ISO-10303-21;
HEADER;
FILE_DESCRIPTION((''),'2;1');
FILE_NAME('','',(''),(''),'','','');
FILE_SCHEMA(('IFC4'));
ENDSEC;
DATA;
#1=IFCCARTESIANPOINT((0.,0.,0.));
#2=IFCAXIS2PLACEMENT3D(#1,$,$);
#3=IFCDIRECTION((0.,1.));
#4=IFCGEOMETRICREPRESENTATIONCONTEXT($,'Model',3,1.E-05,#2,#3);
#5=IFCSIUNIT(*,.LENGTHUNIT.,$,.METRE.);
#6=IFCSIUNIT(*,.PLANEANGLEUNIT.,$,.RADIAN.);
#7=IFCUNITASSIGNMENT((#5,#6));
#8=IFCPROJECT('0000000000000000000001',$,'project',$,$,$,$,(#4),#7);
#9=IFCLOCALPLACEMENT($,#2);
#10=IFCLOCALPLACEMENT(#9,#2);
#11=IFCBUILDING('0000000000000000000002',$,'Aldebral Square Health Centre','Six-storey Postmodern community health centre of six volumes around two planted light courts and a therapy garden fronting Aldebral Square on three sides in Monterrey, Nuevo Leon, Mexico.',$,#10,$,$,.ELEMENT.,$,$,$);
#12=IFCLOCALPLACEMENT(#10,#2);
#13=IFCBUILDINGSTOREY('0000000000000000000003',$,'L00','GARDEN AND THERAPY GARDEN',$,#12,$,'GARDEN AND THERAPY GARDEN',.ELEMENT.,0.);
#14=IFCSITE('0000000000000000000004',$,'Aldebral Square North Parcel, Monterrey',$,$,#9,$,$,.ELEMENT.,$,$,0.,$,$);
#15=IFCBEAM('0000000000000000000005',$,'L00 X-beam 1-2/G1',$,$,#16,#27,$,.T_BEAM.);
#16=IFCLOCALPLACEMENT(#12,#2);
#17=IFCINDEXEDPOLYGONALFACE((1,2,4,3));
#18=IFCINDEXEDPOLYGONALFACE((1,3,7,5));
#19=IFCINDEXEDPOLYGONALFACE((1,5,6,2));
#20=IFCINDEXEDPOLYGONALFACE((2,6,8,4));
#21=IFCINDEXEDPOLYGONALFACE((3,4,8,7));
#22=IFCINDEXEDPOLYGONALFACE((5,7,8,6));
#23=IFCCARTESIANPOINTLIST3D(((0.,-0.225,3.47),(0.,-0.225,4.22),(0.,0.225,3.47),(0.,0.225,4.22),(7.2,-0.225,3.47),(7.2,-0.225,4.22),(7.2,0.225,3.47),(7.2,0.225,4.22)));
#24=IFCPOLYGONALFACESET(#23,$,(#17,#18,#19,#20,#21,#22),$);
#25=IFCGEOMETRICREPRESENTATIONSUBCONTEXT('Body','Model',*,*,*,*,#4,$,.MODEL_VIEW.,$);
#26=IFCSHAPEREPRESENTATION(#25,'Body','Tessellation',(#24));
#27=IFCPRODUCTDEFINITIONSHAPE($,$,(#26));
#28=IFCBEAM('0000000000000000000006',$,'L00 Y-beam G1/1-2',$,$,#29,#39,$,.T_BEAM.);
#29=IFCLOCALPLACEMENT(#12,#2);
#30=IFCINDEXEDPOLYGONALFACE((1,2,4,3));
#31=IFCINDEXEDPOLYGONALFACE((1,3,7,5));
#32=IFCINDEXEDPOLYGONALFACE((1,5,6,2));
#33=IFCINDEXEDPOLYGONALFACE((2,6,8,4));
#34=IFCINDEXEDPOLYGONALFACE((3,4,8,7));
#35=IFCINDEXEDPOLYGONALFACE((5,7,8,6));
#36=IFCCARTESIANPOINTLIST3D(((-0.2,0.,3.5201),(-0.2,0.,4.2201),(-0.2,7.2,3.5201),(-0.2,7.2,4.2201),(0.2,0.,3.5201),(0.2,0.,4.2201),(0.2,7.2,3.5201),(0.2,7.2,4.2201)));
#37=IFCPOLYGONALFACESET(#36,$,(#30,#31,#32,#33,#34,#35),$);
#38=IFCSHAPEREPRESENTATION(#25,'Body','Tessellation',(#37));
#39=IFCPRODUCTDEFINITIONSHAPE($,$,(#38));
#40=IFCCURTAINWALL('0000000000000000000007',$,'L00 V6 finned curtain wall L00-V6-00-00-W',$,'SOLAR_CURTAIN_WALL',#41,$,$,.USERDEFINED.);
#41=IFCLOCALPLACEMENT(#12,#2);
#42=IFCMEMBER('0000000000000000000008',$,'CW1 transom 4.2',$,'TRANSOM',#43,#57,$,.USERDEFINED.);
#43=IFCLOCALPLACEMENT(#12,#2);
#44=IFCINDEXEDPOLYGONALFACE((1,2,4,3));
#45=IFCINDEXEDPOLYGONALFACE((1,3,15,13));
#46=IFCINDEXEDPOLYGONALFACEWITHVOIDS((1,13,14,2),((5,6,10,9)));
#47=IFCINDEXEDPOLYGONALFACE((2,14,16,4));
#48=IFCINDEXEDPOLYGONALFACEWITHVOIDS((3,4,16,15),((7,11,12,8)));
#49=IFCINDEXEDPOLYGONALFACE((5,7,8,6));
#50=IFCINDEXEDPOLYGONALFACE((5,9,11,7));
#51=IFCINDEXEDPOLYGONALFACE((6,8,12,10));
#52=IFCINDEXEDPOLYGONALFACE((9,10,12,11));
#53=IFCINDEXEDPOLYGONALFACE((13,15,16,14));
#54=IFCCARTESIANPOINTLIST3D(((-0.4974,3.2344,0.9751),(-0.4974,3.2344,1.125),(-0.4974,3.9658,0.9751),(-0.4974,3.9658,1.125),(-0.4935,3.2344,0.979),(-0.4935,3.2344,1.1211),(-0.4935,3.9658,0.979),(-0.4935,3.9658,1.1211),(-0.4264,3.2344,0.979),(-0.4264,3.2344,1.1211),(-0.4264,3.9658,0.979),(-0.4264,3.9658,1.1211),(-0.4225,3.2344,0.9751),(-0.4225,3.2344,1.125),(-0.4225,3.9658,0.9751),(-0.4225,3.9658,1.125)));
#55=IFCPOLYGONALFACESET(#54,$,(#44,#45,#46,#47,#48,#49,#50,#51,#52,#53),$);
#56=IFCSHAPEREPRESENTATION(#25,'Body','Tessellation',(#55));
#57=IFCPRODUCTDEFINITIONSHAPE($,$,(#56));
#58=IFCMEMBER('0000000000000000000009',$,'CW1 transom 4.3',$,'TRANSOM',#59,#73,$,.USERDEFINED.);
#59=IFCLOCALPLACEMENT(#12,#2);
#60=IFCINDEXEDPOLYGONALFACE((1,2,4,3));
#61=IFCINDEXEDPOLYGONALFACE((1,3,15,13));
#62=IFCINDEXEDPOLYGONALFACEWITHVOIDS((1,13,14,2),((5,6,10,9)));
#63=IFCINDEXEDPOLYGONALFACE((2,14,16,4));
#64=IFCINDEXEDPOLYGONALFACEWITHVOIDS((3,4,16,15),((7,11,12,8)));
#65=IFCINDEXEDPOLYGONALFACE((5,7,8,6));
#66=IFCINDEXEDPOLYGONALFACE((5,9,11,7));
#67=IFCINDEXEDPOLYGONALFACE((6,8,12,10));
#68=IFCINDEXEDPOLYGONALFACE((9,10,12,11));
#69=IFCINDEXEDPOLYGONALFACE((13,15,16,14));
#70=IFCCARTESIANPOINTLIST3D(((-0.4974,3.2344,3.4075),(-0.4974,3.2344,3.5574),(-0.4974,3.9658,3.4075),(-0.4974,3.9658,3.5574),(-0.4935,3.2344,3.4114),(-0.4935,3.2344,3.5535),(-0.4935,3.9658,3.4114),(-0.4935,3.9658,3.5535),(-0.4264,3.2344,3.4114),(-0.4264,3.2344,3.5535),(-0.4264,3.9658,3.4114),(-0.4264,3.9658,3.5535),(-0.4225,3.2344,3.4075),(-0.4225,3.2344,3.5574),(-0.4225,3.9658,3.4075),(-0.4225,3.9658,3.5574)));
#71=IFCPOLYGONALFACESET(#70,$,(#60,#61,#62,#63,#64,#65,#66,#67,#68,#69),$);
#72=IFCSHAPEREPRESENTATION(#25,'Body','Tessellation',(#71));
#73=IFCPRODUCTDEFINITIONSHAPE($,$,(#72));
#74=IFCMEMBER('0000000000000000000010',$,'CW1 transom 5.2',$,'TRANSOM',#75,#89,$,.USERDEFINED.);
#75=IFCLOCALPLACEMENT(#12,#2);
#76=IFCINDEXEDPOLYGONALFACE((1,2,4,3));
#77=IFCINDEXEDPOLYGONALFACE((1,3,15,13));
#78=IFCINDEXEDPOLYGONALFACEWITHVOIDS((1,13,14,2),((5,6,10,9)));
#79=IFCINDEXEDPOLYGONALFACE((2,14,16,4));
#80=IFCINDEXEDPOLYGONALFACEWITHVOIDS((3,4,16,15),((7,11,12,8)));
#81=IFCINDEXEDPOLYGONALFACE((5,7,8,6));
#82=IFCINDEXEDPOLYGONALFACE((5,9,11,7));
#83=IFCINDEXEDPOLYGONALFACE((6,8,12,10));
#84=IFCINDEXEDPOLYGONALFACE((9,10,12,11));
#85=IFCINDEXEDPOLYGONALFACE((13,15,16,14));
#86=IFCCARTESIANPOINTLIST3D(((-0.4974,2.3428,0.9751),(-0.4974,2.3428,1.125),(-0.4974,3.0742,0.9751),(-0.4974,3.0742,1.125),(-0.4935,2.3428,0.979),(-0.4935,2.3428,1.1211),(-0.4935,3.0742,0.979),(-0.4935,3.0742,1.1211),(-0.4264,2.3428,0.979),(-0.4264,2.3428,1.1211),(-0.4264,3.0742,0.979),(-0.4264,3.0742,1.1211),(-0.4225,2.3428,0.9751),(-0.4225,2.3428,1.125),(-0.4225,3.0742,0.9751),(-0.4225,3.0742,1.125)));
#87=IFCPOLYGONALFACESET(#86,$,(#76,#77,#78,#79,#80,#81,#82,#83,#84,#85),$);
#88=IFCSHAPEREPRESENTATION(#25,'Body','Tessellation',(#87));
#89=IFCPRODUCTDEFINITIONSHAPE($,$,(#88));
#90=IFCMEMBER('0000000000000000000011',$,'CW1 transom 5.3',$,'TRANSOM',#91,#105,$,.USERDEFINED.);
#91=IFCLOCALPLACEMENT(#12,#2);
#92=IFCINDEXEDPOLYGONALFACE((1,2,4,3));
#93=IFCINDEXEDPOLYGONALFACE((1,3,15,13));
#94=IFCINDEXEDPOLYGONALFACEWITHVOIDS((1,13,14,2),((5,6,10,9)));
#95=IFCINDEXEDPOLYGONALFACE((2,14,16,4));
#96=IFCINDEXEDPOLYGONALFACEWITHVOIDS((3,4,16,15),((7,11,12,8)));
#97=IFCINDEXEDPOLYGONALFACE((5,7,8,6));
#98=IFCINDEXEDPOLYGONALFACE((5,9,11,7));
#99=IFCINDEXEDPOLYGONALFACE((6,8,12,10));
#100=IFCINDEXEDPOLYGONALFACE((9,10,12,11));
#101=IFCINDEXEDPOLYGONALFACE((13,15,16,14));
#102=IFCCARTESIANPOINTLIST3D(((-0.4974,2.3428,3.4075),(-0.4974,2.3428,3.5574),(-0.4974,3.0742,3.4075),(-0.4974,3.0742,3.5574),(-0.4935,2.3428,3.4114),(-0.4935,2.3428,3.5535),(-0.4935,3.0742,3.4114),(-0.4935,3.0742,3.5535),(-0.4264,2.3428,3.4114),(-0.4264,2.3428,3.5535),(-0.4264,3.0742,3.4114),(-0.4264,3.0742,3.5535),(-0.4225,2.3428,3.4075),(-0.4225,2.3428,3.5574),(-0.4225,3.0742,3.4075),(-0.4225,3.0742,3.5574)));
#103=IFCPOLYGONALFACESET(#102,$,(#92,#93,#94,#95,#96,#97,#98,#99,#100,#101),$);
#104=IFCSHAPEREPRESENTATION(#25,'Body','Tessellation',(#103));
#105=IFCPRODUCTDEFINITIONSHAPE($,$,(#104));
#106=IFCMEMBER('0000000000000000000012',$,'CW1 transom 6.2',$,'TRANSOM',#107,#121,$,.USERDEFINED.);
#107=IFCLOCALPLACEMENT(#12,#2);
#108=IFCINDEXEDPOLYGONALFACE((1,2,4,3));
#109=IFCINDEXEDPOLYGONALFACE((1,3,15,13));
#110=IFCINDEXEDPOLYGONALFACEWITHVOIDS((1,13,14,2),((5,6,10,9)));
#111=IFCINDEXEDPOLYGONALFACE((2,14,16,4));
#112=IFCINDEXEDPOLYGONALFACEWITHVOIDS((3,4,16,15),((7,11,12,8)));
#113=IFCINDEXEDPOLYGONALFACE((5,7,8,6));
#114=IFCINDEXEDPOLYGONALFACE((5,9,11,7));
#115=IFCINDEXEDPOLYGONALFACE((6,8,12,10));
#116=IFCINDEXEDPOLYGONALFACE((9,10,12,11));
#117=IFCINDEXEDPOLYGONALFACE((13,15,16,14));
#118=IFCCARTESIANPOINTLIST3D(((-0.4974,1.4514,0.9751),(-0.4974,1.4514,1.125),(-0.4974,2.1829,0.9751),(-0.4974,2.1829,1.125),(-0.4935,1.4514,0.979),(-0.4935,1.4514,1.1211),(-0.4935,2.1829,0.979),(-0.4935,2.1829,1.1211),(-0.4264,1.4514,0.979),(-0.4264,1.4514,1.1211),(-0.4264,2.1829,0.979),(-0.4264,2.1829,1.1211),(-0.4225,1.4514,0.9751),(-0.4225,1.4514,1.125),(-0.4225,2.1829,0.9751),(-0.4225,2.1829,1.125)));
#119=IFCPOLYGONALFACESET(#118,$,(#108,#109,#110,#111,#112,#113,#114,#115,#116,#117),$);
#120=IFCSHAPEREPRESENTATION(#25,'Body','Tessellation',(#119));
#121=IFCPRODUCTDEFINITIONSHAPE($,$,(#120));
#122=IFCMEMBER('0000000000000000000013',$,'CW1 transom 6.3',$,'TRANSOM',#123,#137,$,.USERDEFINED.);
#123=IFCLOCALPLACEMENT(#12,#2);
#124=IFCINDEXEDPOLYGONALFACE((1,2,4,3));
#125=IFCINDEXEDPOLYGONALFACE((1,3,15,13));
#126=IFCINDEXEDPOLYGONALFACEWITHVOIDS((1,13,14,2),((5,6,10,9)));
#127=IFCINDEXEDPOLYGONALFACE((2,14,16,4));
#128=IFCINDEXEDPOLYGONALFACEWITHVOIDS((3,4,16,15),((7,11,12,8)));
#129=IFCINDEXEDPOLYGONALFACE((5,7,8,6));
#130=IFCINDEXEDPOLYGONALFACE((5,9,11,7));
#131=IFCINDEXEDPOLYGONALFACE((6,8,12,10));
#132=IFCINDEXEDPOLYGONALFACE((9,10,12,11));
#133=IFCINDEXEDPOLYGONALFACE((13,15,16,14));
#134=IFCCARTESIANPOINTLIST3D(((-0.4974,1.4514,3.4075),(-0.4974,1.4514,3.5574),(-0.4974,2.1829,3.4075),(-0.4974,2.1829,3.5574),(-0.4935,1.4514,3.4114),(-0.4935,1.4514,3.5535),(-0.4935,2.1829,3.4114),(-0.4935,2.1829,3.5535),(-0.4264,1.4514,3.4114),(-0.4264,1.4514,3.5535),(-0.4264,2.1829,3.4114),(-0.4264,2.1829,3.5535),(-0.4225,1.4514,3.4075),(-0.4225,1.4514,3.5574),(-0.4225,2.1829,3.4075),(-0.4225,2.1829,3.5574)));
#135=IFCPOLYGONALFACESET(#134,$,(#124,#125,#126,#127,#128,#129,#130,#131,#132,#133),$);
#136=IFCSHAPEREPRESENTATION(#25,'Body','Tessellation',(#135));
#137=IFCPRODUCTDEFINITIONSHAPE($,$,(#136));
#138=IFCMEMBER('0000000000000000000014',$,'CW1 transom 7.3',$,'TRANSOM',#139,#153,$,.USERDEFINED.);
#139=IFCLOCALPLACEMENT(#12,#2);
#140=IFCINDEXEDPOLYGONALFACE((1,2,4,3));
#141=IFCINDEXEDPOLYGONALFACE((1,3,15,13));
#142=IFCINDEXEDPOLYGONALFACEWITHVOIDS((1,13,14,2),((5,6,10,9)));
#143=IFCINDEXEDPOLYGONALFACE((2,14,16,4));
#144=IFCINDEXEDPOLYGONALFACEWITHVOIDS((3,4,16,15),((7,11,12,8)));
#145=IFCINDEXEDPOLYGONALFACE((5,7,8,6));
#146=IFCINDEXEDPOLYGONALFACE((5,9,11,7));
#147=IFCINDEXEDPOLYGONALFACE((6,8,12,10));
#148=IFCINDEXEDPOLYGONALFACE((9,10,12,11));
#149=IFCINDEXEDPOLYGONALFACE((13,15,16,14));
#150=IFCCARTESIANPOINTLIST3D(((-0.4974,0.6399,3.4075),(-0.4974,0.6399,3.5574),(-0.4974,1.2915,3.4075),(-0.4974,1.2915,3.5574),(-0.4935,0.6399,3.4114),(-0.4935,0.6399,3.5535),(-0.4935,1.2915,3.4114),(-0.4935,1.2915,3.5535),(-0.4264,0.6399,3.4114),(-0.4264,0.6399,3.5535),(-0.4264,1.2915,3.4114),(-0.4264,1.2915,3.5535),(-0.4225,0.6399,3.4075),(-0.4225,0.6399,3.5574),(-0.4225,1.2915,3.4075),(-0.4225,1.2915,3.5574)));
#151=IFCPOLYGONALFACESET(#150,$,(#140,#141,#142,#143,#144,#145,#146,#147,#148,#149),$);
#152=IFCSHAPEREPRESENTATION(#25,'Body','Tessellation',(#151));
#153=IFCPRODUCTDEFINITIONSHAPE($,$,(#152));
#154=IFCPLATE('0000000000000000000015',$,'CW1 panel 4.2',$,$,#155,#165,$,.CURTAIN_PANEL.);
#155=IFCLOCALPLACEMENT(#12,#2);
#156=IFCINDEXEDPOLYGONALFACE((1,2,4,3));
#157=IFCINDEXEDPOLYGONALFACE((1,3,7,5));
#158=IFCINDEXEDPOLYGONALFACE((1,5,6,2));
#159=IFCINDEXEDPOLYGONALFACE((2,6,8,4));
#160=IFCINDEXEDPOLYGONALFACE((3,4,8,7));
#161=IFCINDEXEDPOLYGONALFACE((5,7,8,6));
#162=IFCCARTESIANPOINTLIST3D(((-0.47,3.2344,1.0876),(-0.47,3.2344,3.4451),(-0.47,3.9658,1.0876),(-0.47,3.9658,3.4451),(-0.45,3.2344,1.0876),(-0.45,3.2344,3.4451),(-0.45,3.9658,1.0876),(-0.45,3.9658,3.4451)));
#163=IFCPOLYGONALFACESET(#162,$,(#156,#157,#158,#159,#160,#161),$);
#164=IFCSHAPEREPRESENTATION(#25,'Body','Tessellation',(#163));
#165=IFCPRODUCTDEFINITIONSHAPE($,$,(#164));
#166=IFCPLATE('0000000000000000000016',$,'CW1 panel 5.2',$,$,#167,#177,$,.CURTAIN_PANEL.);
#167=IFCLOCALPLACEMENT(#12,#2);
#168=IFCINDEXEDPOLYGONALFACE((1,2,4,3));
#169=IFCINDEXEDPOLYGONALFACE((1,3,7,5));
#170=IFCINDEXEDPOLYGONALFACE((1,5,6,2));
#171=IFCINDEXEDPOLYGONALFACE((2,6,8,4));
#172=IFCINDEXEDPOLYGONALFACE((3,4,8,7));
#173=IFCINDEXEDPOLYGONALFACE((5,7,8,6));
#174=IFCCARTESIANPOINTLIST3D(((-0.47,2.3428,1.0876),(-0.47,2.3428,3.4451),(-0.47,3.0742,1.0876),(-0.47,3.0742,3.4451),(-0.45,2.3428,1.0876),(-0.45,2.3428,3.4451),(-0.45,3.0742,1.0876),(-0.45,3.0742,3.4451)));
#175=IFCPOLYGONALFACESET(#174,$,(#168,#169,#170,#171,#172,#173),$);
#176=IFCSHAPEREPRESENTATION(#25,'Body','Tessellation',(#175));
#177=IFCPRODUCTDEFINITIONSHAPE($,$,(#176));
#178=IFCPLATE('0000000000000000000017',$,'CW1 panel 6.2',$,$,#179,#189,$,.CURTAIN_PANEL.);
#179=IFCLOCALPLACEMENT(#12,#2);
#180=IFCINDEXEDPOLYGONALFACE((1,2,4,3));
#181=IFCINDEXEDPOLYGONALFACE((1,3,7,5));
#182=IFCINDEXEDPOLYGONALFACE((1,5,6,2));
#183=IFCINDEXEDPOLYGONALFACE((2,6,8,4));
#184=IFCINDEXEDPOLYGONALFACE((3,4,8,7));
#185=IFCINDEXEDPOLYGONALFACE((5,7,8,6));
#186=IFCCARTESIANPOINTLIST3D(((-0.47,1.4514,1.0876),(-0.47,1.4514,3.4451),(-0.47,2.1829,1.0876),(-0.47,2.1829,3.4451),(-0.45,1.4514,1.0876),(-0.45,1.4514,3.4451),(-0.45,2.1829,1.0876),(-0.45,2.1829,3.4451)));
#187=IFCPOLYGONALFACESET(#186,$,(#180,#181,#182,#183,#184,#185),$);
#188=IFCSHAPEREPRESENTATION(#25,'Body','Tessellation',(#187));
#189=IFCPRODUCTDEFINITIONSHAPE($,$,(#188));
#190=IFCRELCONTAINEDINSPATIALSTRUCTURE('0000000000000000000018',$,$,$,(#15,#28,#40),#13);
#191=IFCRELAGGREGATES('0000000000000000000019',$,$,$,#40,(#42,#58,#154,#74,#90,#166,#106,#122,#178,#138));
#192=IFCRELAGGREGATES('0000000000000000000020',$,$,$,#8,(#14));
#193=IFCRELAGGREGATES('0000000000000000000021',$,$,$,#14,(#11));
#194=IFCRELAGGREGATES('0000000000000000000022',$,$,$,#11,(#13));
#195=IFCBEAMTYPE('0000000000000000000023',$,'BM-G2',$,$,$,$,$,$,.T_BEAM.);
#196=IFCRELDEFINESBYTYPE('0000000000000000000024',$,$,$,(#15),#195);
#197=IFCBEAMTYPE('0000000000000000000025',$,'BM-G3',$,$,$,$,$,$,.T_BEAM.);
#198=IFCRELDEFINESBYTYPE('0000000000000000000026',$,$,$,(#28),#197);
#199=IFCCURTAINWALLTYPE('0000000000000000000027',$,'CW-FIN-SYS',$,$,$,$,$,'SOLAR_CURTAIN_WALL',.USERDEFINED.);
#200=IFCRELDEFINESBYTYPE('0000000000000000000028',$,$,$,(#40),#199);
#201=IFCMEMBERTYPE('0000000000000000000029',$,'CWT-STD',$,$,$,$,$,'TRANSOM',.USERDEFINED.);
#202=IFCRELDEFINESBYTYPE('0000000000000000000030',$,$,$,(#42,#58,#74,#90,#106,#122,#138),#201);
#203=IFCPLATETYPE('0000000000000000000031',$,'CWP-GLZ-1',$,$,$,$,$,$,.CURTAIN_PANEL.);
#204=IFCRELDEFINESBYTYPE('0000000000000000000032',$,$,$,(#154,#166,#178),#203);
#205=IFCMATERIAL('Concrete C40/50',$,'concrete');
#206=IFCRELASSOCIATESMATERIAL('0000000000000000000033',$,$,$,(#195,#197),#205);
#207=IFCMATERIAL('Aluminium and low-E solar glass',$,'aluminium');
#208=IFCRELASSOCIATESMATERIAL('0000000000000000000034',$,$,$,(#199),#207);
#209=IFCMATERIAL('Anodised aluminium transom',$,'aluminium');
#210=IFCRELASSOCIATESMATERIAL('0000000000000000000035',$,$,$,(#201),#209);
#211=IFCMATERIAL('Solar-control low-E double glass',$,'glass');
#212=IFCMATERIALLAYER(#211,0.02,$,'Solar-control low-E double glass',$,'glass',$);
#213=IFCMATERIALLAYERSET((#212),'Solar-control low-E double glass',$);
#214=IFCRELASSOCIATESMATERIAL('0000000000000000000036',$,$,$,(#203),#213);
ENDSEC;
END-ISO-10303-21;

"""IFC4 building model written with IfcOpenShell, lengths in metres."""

from ifc_helpers import new_model, si_unit, direction, frame, origin, origin_2d, place, context, subcontext, project, spatial, rectangle, hollow_rectangle, extrude, material, layer, layer_set, material_profile, profile_set, type_object, element, aggregate, save


model = new_model("IFC4")

# Units and contexts
model_context = context("Model", 3, precision=1e-05, world=origin(), true_north=direction((0.0, 1.0)))
body_context = subcontext(model_context, "Body", "Model", "MODEL_VIEW")
ifc_project = project(units=[si_unit("LENGTHUNIT", "METRE"), si_unit("PLANEANGLEUNIT", "RADIAN")], contexts=[model_context])

# Site, building, storey
site_placement = place(None, origin())
site = spatial("IfcSite", under=ifc_project, at=site_placement, Name="Aldebral Square North Parcel, Monterrey", CompositionType="ELEMENT", RefElevation=0.0)
building_placement = place(site_placement, origin())
building = spatial("IfcBuilding", under=site, at=building_placement, Name="Aldebral Square Health Centre", Description="Six-storey Postmodern community health centre of six volumes around two planted light courts and a therapy garden fronting Aldebral Square on three sides in Monterrey, Nuevo Leon, Mexico.", CompositionType="ELEMENT")
storey_placement = place(building_placement, origin())
storey = spatial("IfcBuildingStorey", under=building, at=storey_placement, Name="L00", Description="GARDEN AND THERAPY GARDEN", LongName="GARDEN AND THERAPY GARDEN", CompositionType="ELEMENT", Elevation=0.0)

# Beams
ifc_material_1 = material(Name="Concrete C40/50", Category="concrete")
ifc_material_profile_1 = material_profile(ifc_material_1, rectangle(XDim=0.45, YDim=0.75, at=origin_2d()), Name="RC 450x750")
ifc_profile_set_1 = profile_set([ifc_material_profile_1], Name="Concrete C40/50")
beam_type_1 = type_object("IfcBeamType", Name="BM-G2", PredefinedType="T_BEAM", material=ifc_profile_set_1)
beam_1_placement = place(storey_placement, frame((0.0, 0.0, 3.845), z_axis=(1.0, 0.0, 0.0), x_axis=(0.0, 1.0, 0.0)))
element("IfcBeam", 1, at=beam_1_placement, inside=storey, type_object=beam_type_1, Name="L00 X-beam 1-2/G1", PredefinedType="T_BEAM", context=body_context, shape_type="SweptSolid", body=[
    extrude(rectangle(XDim=0.45, YDim=0.75, at=origin_2d()), origin(), (0.0, 0.0, 1.0), 7.2),
])
ifc_material_profile_2 = material_profile(ifc_material_1, rectangle(XDim=0.3999, YDim=0.7, at=origin_2d()), Name="RC 400x700")
ifc_profile_set_2 = profile_set([ifc_material_profile_2], Name="Concrete C40/50")
beam_type_2 = type_object("IfcBeamType", Name="BM-G3", PredefinedType="T_BEAM", material=ifc_profile_set_2)
beam_2_placement = place(storey_placement, frame((0.0, 0.0, 3.8701), z_axis=(0.0, 1.0, 0.0), x_axis=(-1.0, 0.0, 0.0)))
element("IfcBeam", 2, at=beam_2_placement, inside=storey, type_object=beam_type_2, Name="L00 Y-beam G1/1-2", PredefinedType="T_BEAM", context=body_context, shape_type="SweptSolid", body=[
    extrude(rectangle(XDim=0.3999, YDim=0.7, at=origin_2d()), origin(), (0.0, 0.0, 1.0), 7.2),
])

# Curtain wall, members, plates
ifc_material_2 = material(Name="Aluminium and low-E solar glass", Category="aluminium")
curtain_wall_type = type_object("IfcCurtainWallType", Name="CW-FIN-SYS", ElementType="SOLAR_CURTAIN_WALL", PredefinedType="USERDEFINED", material=ifc_material_2)
curtain_wall_placement = place(storey_placement, origin())
curtain_wall = element("IfcCurtainWall", 3, at=curtain_wall_placement, inside=storey, type_object=curtain_wall_type, Name="L00 V6 finned curtain wall L00-V6-00-00-W", ObjectType="SOLAR_CURTAIN_WALL", PredefinedType="USERDEFINED")
ifc_material_3 = material(Name="Anodised aluminium transom", Category="aluminium")
ifc_material_profile_3 = material_profile(ifc_material_3, hollow_rectangle(XDim=0.075, YDim=0.1499, WallThickness=0.0039, at=origin_2d()), Name="CWT 75x150x4")
ifc_profile_set_3 = profile_set([ifc_material_profile_3], Name="Anodised aluminium transom")
member_type = type_object("IfcMemberType", Name="CWT-STD", ElementType="TRANSOM", PredefinedType="USERDEFINED", material=ifc_profile_set_3)
member_1_placement = place(storey_placement, frame((-0.46, 3.9658, 1.05), z_axis=(0.0, -1.0, 0.0), x_axis=(1.0, 0.0, 0.0)))
member_1 = element("IfcMember", 4, at=member_1_placement, type_object=member_type, Name="CW1 transom 4.2", ObjectType="TRANSOM", PredefinedType="USERDEFINED", context=body_context, shape_type="SweptSolid", body=[
    extrude(hollow_rectangle(XDim=0.075, YDim=0.1499, WallThickness=0.0039, at=origin_2d()), origin(), (0.0, 0.0, 1.0), 0.7314),
])
member_2_placement = place(storey_placement, frame((-0.46, 3.9658, 3.4824), z_axis=(0.0, -1.0, 0.0), x_axis=(1.0, 0.0, 0.0)))
member_2 = element("IfcMember", 5, at=member_2_placement, type_object=member_type, Name="CW1 transom 4.3", ObjectType="TRANSOM", PredefinedType="USERDEFINED", context=body_context, shape_type="SweptSolid", body=[
    extrude(hollow_rectangle(XDim=0.075, YDim=0.1499, WallThickness=0.0039, at=origin_2d()), origin(), (0.0, 0.0, 1.0), 0.7314),
])
member_3_placement = place(storey_placement, frame((-0.46, 3.0742, 1.05), z_axis=(0.0, -1.0, 0.0), x_axis=(1.0, 0.0, 0.0)))
member_3 = element("IfcMember", 6, at=member_3_placement, type_object=member_type, Name="CW1 transom 5.2", ObjectType="TRANSOM", PredefinedType="USERDEFINED", context=body_context, shape_type="SweptSolid", body=[
    extrude(hollow_rectangle(XDim=0.075, YDim=0.1499, WallThickness=0.0039, at=origin_2d()), origin(), (0.0, 0.0, 1.0), 0.7314),
])
member_4_placement = place(storey_placement, frame((-0.46, 3.0742, 3.4824), z_axis=(0.0, -1.0, 0.0), x_axis=(1.0, 0.0, 0.0)))
member_4 = element("IfcMember", 7, at=member_4_placement, type_object=member_type, Name="CW1 transom 5.3", ObjectType="TRANSOM", PredefinedType="USERDEFINED", context=body_context, shape_type="SweptSolid", body=[
    extrude(hollow_rectangle(XDim=0.075, YDim=0.1499, WallThickness=0.0039, at=origin_2d()), origin(), (0.0, 0.0, 1.0), 0.7314),
])
member_5_placement = place(storey_placement, frame((-0.46, 2.1829, 1.05), z_axis=(0.0, -1.0, 0.0), x_axis=(1.0, 0.0, 0.0)))
member_5 = element("IfcMember", 8, at=member_5_placement, type_object=member_type, Name="CW1 transom 6.2", ObjectType="TRANSOM", PredefinedType="USERDEFINED", context=body_context, shape_type="SweptSolid", body=[
    extrude(hollow_rectangle(XDim=0.075, YDim=0.1499, WallThickness=0.0039, at=origin_2d()), origin(), (0.0, 0.0, 1.0), 0.7314),
])
member_6_placement = place(storey_placement, frame((-0.46, 2.1829, 3.4824), z_axis=(0.0, -1.0, 0.0), x_axis=(1.0, 0.0, 0.0)))
member_6 = element("IfcMember", 9, at=member_6_placement, type_object=member_type, Name="CW1 transom 6.3", ObjectType="TRANSOM", PredefinedType="USERDEFINED", context=body_context, shape_type="SweptSolid", body=[
    extrude(hollow_rectangle(XDim=0.075, YDim=0.1499, WallThickness=0.0039, at=origin_2d()), origin(), (0.0, 0.0, 1.0), 0.7314),
])
member_7_placement = place(storey_placement, frame((-0.46, 1.2915, 3.4824), z_axis=(0.0, -1.0, 0.0), x_axis=(1.0, 0.0, 0.0)))
member_7 = element("IfcMember", 10, at=member_7_placement, type_object=member_type, Name="CW1 transom 7.3", ObjectType="TRANSOM", PredefinedType="USERDEFINED", context=body_context, shape_type="SweptSolid", body=[
    extrude(hollow_rectangle(XDim=0.075, YDim=0.1499, WallThickness=0.0039, at=origin_2d()), origin(), (0.0, 0.0, 1.0), 0.6516),
])
ifc_material_4 = material(Name="Solar-control low-E double glass", Category="glass")
ifc_layer_1 = layer(ifc_material_4, 0.02, Name="Solar-control low-E double glass", Category="glass")
ifc_layer_set_1 = layer_set([ifc_layer_1], Name="Solar-control low-E double glass")
plate_type = type_object("IfcPlateType", Name="CWP-GLZ-1", PredefinedType="CURTAIN_PANEL", material=ifc_layer_set_1)
plate_1_placement = place(storey_placement, frame((-0.46, 3.6001, 1.0876), z_axis=(0.0, 0.0, 1.0), x_axis=(0.0, -1.0, 0.0)))
plate_1 = element("IfcPlate", 11, at=plate_1_placement, type_object=plate_type, Name="CW1 panel 4.2", PredefinedType="CURTAIN_PANEL", context=body_context, shape_type="SweptSolid", body=[
    extrude(rectangle(XDim=0.7314, YDim=0.02, at=origin_2d()), origin(), (0.0, 0.0, 1.0), 2.3574),
])
plate_2_placement = place(storey_placement, frame((-0.46, 2.7085, 1.0876), z_axis=(0.0, 0.0, 1.0), x_axis=(0.0, -1.0, 0.0)))
plate_2 = element("IfcPlate", 12, at=plate_2_placement, type_object=plate_type, Name="CW1 panel 5.2", PredefinedType="CURTAIN_PANEL", context=body_context, shape_type="SweptSolid", body=[
    extrude(rectangle(XDim=0.7314, YDim=0.02, at=origin_2d()), origin(), (0.0, 0.0, 1.0), 2.3574),
])
plate_3_placement = place(storey_placement, frame((-0.46, 1.8171, 1.0876), z_axis=(0.0, 0.0, 1.0), x_axis=(0.0, -1.0, 0.0)))
plate_3 = element("IfcPlate", 13, at=plate_3_placement, type_object=plate_type, Name="CW1 panel 6.2", PredefinedType="CURTAIN_PANEL", context=body_context, shape_type="SweptSolid", body=[
    extrude(rectangle(XDim=0.7314, YDim=0.02, at=origin_2d()), origin(), (0.0, 0.0, 1.0), 2.3574),
])
aggregate(curtain_wall, [member_1, member_2, plate_1, member_3, member_4, plate_2, member_5, member_6, plate_3, member_7])

save(model, "model.ifc")
